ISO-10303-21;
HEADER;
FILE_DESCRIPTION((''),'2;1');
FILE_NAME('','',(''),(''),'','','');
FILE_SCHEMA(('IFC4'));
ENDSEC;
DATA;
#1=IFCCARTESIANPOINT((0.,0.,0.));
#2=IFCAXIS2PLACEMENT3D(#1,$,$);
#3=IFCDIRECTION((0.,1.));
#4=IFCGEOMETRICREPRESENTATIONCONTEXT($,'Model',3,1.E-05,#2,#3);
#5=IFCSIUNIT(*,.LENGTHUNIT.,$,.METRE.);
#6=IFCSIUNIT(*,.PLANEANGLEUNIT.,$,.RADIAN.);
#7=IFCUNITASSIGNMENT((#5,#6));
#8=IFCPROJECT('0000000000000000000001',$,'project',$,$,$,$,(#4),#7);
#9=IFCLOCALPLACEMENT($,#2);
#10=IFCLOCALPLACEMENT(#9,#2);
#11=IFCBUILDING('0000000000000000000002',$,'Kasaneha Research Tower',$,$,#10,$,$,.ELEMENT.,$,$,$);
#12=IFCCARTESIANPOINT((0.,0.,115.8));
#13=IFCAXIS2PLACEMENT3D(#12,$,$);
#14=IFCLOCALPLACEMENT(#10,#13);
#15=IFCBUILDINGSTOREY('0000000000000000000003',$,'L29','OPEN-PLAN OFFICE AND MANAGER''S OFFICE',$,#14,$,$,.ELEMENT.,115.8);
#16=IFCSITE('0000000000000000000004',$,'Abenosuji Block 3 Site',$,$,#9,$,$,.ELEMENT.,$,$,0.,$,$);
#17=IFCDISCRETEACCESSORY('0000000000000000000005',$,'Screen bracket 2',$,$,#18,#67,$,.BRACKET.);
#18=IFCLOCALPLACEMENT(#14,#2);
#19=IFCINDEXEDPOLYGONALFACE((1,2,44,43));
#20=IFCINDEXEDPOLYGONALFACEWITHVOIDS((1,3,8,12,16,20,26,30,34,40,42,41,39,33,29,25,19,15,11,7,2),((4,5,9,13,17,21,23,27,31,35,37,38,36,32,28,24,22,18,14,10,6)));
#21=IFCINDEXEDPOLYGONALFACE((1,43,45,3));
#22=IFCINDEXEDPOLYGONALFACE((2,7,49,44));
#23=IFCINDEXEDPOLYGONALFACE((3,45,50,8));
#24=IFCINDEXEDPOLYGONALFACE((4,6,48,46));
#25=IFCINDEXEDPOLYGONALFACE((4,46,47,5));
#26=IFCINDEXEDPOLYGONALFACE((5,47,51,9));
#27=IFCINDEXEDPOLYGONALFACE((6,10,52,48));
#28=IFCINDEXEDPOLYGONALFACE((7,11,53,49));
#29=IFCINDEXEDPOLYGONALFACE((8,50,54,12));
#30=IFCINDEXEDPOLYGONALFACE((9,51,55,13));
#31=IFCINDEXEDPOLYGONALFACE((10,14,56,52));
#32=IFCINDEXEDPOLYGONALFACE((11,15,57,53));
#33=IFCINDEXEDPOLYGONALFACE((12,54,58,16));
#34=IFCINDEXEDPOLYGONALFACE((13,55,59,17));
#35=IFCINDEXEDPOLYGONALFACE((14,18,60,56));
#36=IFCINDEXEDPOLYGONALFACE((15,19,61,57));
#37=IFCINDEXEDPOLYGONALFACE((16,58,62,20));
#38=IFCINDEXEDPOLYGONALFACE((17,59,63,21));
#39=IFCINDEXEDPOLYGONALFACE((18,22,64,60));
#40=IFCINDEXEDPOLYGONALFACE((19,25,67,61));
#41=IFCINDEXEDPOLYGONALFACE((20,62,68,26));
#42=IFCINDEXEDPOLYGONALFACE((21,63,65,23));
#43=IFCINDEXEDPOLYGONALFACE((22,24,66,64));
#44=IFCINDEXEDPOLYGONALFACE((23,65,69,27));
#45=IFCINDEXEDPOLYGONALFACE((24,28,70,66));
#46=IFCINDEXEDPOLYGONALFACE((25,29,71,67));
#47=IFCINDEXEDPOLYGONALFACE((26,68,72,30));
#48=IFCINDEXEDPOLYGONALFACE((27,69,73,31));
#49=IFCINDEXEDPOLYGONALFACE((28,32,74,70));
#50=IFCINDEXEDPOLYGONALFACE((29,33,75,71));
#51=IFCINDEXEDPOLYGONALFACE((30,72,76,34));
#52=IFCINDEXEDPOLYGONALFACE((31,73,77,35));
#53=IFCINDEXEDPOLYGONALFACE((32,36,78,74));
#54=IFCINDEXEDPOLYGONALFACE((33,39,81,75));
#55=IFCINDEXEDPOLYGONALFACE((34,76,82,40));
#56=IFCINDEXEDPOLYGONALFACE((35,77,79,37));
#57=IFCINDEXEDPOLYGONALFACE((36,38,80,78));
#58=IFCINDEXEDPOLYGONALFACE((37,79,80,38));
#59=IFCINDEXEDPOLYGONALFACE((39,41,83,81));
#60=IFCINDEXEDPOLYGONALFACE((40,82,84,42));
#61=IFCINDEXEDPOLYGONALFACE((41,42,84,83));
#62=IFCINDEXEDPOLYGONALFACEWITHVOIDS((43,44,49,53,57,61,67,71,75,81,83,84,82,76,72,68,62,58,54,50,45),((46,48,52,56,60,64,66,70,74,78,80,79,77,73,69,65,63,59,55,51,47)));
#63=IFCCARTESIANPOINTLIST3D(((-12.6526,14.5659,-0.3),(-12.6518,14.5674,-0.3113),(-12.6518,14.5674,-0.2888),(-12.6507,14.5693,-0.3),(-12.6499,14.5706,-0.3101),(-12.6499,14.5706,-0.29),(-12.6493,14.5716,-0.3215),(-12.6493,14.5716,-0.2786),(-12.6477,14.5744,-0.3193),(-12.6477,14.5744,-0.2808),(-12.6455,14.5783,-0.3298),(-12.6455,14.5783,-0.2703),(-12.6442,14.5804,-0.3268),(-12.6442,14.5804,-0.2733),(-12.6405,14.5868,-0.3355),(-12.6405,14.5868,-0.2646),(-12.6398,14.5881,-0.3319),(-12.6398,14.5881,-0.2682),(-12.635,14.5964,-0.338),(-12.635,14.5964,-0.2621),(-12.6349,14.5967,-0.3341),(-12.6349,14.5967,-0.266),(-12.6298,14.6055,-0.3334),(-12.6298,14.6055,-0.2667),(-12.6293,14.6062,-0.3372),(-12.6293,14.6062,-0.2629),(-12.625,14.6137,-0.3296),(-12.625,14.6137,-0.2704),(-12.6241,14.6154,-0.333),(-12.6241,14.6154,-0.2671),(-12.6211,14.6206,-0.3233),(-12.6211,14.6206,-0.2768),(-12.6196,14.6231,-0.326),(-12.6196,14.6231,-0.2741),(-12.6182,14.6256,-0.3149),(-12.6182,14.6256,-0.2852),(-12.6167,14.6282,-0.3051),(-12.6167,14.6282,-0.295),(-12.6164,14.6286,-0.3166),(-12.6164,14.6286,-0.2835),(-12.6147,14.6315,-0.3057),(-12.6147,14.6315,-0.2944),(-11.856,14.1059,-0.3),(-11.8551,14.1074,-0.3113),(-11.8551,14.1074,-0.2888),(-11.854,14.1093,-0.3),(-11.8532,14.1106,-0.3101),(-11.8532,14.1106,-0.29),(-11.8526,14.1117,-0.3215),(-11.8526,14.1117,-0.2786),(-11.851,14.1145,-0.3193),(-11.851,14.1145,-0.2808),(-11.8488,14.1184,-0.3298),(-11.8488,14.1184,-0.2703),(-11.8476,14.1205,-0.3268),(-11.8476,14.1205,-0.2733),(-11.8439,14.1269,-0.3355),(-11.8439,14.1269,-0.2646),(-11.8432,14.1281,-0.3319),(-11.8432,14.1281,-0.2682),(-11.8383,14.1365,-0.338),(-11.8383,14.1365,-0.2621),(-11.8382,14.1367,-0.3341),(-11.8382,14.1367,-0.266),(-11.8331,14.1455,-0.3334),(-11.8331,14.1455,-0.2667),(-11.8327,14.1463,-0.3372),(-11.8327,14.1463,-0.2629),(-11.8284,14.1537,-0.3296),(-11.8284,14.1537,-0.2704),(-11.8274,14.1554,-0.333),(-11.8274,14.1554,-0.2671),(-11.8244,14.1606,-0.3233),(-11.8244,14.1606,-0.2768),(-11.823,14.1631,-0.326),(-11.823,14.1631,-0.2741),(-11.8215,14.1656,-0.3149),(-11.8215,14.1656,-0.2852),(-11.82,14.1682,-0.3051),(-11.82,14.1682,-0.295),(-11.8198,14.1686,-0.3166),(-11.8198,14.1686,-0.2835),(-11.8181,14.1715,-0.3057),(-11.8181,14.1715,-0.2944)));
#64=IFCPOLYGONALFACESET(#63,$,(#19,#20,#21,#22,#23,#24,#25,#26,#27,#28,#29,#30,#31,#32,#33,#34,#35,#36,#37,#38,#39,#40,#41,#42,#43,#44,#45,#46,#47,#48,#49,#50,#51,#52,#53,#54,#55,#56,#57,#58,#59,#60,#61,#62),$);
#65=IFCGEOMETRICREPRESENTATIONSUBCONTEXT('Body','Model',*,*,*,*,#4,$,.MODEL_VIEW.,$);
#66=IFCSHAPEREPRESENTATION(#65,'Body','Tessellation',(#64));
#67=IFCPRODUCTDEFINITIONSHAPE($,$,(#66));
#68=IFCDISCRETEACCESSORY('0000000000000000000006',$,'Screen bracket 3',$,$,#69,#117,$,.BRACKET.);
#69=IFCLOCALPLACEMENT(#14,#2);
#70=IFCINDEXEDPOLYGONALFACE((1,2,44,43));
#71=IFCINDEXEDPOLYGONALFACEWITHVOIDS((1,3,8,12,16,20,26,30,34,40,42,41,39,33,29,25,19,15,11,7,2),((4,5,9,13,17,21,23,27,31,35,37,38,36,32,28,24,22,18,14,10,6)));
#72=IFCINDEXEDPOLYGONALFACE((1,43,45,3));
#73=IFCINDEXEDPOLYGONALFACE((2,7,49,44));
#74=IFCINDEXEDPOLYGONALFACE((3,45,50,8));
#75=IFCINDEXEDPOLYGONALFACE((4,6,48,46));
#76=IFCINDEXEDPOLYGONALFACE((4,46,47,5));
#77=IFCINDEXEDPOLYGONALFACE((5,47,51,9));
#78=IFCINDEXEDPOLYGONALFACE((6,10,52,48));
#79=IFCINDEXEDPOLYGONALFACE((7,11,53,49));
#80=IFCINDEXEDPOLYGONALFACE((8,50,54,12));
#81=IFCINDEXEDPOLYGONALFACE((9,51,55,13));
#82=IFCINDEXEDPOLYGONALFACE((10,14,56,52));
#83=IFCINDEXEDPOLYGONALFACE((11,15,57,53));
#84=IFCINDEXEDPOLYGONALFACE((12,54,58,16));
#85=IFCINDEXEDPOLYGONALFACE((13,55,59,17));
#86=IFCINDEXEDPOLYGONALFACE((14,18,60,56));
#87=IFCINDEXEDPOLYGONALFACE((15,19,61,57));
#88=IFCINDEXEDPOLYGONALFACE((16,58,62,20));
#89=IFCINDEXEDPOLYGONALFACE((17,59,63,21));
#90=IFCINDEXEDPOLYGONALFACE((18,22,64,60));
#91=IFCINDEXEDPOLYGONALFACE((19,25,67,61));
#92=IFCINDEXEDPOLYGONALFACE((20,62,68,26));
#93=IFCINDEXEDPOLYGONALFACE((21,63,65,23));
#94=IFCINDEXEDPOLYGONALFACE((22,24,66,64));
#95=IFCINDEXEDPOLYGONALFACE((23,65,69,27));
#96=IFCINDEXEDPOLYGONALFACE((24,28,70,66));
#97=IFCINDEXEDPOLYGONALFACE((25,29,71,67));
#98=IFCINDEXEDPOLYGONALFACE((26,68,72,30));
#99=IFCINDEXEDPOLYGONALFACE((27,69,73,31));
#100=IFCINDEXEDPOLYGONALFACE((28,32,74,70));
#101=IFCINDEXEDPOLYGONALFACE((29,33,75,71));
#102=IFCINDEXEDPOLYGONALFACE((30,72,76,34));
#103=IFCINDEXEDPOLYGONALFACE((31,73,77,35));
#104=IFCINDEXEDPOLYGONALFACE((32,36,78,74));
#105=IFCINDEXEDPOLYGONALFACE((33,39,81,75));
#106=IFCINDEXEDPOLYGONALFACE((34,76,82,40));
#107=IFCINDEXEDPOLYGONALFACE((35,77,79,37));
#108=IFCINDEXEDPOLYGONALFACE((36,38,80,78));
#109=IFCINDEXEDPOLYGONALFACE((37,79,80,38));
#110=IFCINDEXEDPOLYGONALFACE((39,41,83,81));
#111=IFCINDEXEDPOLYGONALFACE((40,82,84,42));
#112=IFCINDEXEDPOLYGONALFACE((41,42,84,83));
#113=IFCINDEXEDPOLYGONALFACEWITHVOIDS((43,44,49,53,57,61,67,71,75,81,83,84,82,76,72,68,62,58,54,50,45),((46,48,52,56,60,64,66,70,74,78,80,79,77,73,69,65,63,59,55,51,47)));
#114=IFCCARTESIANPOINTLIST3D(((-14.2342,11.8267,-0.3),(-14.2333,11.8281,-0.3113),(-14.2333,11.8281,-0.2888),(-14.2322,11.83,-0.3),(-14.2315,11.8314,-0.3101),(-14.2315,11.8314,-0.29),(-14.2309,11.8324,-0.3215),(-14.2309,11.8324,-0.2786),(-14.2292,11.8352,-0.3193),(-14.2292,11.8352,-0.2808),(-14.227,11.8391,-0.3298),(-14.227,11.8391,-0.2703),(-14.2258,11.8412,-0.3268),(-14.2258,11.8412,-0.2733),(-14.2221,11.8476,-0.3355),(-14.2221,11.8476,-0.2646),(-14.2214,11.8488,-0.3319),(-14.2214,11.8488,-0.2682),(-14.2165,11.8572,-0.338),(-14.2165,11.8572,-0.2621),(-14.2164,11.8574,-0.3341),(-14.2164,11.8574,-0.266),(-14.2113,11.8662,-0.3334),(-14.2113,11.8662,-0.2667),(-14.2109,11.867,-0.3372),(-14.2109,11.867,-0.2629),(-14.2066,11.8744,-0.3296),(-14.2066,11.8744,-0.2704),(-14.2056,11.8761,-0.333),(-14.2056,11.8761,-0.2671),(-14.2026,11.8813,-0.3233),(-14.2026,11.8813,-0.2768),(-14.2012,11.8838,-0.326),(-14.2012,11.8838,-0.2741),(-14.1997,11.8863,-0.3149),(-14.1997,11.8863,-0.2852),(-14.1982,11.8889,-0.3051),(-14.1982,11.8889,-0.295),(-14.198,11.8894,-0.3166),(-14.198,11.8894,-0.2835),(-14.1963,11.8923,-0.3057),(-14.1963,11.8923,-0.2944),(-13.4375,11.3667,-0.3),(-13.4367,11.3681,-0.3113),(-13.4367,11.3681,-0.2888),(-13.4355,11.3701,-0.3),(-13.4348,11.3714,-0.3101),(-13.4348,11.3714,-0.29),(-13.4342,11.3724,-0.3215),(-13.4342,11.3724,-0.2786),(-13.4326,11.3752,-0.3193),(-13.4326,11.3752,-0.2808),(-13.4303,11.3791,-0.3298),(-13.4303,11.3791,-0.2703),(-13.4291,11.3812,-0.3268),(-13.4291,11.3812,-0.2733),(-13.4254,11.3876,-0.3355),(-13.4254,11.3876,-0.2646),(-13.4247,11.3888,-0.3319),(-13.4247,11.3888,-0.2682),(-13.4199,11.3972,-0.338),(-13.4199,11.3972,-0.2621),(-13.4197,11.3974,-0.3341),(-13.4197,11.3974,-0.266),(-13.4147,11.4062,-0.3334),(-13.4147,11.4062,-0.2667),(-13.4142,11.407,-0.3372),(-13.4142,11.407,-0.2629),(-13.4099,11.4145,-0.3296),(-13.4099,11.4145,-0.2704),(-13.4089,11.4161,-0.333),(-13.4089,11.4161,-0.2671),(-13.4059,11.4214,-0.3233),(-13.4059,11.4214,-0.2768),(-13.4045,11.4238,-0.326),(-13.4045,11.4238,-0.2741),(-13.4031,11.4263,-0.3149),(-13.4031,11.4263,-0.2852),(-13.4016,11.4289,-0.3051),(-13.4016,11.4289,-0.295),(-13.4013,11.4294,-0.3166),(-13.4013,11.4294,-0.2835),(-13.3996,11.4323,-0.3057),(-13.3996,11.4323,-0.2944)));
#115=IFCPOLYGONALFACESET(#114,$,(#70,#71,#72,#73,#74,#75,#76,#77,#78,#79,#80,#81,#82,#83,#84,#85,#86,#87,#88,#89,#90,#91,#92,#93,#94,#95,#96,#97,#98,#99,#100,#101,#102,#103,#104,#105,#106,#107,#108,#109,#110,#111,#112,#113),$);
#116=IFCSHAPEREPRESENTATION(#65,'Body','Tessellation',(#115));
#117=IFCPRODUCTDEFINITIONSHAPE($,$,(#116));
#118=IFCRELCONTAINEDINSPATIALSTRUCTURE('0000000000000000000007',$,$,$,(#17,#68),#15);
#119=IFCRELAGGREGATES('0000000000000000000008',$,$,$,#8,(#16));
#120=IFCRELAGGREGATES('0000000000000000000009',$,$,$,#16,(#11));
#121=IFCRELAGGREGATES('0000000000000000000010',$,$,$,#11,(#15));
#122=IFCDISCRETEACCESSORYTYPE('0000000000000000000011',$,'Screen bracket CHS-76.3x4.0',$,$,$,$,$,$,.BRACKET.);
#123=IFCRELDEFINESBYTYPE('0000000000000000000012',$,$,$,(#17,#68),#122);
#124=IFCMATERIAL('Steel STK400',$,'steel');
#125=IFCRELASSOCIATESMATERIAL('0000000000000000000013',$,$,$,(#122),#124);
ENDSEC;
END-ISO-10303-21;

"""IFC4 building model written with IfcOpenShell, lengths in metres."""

from ifc_helpers import new_model, si_unit, direction, frame, origin, origin_2d, place, context, subcontext, project, spatial, hollow_circle, extrude, material, material_profile, profile_set, type_object, element, save


model = new_model("IFC4")

# Units and contexts
model_context = context("Model", 3, precision=1e-05, world=origin(), true_north=direction((0.0, 1.0)))
body_context = subcontext(model_context, "Body", "Model", "MODEL_VIEW")
ifc_project = project(units=[si_unit("LENGTHUNIT", "METRE"), si_unit("PLANEANGLEUNIT", "RADIAN")], contexts=[model_context])

# Site, building, storey
site_placement = place(None, origin())
site = spatial("IfcSite", under=ifc_project, at=site_placement, Name="Abenosuji Block 3 Site", CompositionType="ELEMENT", RefElevation=0.0)
building_placement = place(site_placement, origin())
building = spatial("IfcBuilding", under=site, at=building_placement, Name="Kasaneha Research Tower", CompositionType="ELEMENT")
storey_placement = place(building_placement, frame((0.0, 0.0, 115.8)))
storey = spatial("IfcBuildingStorey", under=building, at=storey_placement, Name="L29", Description="OPEN-PLAN OFFICE AND MANAGER'S OFFICE", CompositionType="ELEMENT", Elevation=115.8)

# Discrete accessories
ifc_material_1 = material(Name="Steel STK400", Category="steel")
ifc_material_profile_1 = material_profile(ifc_material_1, hollow_circle(Radius=0.0381, WallThickness=0.0039, at=origin_2d()), Name="CHS-76.3x4.0")
ifc_profile_set_1 = profile_set([ifc_material_profile_1], Name="Steel STK400")
discrete_accessory_type = type_object("IfcDiscreteAccessoryType", Name="Screen bracket CHS-76.3x4.0", PredefinedType="BRACKET", material=ifc_profile_set_1)
for number, where, z_axis, x_axis, name in (
    (1, (-11.8369, 14.1389, -0.3), (-0.866013, 0.500021, 0.0), (-0.500021, -0.866013, 0.0), "Screen bracket 2"),
    (2, (-13.4185, 11.3997, -0.3), (-0.866013, 0.500021, 0.0), (-0.500021, -0.866013, 0.0), "Screen bracket 3"),
):
    element("IfcDiscreteAccessory", number, at=place(storey_placement, frame(where, z_axis=z_axis, x_axis=x_axis)), inside=storey, type_object=discrete_accessory_type, Name=name, PredefinedType="BRACKET", context=body_context, shape_type="SweptSolid", body=[
        extrude(hollow_circle(Radius=0.0381, WallThickness=0.0039, at=origin_2d()), origin(), (0.0, 0.0, 1.0), 0.9199),
    ])

save(model, "model.ifc")
